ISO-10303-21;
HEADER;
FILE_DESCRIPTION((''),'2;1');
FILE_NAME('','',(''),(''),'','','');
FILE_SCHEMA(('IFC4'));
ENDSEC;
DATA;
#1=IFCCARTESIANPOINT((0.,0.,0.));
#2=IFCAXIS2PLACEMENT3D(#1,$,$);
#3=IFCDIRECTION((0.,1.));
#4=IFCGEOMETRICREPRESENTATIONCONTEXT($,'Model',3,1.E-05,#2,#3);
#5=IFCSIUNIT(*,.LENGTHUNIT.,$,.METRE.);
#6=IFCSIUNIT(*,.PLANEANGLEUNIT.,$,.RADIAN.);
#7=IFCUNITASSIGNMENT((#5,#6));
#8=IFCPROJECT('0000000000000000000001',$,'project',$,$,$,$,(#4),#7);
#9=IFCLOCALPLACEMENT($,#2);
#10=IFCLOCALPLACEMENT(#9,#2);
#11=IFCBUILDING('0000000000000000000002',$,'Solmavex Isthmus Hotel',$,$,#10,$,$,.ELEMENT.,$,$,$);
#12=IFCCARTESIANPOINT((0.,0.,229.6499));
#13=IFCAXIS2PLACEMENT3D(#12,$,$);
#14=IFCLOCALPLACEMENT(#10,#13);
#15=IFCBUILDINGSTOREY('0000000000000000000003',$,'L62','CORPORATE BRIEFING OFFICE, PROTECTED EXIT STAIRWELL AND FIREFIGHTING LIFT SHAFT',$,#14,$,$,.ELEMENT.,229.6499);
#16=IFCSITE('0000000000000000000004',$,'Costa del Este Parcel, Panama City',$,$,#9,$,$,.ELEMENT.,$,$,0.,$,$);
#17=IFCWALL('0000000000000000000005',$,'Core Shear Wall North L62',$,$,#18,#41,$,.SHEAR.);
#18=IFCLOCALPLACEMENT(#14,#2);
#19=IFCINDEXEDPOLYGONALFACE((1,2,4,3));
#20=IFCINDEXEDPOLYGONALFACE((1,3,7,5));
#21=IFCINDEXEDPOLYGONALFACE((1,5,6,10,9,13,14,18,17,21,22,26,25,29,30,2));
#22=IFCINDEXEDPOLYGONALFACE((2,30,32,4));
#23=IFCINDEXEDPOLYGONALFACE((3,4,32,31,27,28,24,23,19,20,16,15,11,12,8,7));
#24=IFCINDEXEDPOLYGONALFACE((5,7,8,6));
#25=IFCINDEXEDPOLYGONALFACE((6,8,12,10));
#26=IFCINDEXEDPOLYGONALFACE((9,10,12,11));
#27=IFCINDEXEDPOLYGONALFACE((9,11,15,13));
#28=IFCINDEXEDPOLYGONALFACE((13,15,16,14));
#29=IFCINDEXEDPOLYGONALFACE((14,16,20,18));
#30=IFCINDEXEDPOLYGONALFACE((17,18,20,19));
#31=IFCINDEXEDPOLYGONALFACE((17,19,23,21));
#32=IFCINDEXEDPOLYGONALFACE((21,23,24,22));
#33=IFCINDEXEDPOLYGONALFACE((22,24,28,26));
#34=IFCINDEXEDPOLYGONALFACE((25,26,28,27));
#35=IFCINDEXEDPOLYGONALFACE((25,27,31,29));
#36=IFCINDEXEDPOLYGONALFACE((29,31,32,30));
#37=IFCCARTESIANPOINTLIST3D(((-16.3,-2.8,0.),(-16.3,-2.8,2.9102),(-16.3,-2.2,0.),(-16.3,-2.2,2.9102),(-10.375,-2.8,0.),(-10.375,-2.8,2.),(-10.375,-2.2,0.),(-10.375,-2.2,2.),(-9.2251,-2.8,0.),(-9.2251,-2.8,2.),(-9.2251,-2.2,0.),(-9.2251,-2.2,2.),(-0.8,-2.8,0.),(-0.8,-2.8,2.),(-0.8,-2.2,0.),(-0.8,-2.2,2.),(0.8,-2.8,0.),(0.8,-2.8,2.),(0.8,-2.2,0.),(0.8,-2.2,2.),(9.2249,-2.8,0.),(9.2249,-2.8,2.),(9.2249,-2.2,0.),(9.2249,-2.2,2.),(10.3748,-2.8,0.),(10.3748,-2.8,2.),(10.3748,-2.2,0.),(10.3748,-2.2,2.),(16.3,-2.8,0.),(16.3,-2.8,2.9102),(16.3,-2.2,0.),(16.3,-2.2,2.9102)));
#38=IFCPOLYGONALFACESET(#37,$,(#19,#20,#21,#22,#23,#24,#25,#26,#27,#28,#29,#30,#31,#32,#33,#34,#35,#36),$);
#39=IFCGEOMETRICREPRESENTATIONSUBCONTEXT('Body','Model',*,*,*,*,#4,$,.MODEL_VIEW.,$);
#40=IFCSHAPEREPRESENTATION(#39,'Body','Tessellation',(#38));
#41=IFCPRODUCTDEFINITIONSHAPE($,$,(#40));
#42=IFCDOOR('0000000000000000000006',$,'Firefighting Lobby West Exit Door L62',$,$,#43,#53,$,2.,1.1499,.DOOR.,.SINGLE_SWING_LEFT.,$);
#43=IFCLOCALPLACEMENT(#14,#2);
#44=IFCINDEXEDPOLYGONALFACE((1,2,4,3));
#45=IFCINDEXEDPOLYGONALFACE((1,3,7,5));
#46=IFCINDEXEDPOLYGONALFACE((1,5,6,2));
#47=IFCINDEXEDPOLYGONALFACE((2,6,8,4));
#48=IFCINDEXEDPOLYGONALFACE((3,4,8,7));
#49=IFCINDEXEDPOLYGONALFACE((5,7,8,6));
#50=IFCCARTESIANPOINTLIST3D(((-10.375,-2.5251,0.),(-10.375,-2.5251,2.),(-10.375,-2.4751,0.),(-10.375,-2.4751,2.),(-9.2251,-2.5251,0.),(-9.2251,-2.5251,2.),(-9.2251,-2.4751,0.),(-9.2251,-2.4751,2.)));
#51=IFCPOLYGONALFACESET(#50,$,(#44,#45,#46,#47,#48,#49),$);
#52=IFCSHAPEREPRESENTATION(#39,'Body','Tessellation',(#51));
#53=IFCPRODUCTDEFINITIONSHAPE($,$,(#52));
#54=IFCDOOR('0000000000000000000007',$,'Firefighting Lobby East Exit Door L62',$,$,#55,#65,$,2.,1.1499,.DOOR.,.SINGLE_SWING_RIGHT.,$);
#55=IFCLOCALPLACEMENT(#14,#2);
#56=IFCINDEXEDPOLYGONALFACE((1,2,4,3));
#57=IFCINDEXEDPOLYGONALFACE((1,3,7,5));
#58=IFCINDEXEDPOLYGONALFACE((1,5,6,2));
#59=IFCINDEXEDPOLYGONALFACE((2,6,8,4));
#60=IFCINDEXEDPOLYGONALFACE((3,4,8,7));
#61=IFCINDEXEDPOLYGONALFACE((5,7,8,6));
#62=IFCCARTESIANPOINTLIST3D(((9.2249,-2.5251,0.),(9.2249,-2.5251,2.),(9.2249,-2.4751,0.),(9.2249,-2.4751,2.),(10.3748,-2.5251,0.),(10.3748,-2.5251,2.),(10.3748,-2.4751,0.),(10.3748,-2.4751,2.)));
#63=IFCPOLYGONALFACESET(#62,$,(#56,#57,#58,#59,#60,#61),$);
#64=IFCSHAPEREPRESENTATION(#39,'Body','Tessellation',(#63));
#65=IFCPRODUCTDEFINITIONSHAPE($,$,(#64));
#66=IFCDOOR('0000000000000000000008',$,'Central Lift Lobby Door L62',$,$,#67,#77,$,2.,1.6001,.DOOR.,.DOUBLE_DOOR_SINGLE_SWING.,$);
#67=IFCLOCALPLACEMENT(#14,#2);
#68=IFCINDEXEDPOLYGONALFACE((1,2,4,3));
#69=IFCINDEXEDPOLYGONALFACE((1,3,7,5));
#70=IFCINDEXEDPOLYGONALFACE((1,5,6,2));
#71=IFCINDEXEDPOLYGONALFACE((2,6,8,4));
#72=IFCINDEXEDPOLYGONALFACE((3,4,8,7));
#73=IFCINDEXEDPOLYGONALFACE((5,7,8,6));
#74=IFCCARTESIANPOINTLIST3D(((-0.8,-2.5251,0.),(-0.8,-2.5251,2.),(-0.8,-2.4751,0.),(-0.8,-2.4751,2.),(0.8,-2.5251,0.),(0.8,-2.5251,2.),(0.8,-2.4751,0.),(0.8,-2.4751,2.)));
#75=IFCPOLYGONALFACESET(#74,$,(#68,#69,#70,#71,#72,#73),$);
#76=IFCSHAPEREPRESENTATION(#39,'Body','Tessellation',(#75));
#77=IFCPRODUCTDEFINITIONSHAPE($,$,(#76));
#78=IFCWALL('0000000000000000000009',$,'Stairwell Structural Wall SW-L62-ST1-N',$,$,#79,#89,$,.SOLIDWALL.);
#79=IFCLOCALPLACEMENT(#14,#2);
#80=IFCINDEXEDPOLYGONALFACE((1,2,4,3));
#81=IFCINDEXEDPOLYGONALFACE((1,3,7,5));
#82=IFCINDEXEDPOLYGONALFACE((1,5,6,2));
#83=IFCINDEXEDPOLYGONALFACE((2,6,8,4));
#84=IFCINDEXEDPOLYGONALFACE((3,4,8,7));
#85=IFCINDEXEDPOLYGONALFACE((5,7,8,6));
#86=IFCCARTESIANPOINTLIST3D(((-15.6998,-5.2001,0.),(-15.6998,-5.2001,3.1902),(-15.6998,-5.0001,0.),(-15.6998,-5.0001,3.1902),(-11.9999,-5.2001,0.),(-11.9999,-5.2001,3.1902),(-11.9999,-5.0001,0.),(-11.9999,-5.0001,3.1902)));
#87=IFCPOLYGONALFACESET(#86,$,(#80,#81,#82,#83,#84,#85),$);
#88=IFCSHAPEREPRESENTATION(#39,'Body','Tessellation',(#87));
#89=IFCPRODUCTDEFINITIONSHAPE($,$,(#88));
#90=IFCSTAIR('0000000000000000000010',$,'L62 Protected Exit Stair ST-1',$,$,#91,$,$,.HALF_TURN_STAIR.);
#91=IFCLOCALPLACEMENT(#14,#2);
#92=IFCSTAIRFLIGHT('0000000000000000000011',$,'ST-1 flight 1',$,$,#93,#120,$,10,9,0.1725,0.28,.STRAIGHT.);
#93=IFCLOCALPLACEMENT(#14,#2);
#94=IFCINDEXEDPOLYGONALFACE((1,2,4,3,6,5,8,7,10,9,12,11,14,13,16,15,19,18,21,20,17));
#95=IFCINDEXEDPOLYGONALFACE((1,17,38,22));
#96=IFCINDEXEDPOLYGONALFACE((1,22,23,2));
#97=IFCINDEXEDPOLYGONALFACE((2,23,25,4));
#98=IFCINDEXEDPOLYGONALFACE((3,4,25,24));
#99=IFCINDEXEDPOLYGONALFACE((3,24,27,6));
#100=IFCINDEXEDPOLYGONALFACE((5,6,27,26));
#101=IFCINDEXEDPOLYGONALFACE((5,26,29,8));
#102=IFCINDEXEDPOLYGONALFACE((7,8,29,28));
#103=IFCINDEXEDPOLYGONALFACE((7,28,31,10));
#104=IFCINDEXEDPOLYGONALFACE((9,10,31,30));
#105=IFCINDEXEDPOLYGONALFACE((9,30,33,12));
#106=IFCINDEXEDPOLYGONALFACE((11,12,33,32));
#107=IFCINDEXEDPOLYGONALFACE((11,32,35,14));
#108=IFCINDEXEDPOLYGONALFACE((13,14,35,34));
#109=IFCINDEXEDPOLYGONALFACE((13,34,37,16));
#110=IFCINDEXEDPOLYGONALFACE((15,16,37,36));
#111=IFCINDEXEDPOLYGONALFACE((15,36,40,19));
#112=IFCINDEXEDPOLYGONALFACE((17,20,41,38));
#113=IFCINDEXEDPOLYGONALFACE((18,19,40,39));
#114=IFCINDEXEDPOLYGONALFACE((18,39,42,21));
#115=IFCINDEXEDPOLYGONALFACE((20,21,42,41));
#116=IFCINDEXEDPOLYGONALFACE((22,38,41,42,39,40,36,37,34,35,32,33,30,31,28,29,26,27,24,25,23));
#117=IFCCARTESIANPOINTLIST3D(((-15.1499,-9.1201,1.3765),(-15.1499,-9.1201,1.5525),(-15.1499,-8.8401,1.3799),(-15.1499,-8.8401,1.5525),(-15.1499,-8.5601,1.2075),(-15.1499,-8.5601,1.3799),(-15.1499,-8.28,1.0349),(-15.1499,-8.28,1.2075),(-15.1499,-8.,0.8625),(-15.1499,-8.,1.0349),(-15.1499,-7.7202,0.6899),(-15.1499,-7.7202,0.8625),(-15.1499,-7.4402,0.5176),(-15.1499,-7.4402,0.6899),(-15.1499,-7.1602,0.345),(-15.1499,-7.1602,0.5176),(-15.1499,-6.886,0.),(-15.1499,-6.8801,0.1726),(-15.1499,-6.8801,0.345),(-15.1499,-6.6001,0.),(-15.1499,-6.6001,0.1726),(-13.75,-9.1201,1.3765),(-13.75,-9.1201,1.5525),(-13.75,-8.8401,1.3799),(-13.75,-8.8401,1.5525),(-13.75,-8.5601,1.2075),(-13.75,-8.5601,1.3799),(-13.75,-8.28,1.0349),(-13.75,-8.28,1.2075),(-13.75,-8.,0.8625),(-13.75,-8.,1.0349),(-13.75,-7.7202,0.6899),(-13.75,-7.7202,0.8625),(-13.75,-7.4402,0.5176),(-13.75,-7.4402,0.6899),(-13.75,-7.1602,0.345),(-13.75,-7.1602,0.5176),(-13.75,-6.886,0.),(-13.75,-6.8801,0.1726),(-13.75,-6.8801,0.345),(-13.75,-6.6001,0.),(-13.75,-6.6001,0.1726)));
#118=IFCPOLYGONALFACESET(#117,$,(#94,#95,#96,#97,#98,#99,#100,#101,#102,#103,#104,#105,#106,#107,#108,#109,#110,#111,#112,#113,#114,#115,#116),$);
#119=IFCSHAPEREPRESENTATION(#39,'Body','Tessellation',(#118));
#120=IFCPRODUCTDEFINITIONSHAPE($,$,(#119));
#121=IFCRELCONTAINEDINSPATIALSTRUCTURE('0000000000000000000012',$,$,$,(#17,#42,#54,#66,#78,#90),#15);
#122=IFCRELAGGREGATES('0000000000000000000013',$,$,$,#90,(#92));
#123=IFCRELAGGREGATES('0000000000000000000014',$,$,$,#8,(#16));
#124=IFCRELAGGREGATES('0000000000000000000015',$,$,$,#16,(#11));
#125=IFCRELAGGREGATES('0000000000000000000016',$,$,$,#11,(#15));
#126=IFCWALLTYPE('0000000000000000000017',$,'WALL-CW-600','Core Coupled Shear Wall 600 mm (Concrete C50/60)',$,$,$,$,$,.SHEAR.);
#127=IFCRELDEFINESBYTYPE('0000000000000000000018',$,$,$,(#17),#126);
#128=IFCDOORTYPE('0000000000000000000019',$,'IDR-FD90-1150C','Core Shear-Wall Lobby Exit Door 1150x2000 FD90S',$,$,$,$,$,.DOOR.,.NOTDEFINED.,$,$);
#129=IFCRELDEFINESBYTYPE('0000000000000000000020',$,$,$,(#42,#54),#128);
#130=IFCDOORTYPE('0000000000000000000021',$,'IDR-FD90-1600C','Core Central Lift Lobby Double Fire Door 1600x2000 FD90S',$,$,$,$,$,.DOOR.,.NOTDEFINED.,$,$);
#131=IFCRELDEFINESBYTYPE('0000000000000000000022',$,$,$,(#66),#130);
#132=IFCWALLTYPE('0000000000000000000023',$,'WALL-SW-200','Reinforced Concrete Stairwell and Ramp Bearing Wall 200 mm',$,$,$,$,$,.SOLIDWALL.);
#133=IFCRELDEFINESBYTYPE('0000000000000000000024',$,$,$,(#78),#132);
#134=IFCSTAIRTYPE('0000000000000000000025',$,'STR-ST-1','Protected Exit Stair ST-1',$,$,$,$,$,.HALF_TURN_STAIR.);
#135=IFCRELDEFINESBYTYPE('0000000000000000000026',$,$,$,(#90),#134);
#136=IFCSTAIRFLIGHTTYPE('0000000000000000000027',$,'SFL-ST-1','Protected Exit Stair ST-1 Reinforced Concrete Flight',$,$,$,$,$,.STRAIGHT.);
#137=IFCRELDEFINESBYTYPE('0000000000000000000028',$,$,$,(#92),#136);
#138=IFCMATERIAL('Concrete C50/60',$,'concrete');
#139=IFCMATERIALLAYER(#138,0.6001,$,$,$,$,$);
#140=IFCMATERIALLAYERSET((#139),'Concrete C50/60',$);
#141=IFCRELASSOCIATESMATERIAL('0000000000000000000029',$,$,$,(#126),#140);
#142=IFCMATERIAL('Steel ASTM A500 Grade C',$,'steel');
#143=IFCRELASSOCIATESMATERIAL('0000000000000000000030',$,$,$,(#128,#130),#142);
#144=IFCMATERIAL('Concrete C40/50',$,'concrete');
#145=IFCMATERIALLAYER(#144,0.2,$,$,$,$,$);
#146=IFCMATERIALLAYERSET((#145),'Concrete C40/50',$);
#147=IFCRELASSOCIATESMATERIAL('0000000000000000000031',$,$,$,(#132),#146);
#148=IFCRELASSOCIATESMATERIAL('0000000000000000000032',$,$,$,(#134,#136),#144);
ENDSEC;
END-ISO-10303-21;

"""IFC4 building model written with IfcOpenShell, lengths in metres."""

from ifc_helpers import new_model, si_unit, direction, frame, frame_2d, origin, place, context, subcontext, project, spatial, polyline, rectangle, outline, extrude, material, layer, layer_set, type_object, element, fill, aggregate, save


model = new_model("IFC4")

# Units and contexts
model_context = context("Model", 3, precision=1e-05, world=origin(), true_north=direction((0.0, 1.0)))
body_context = subcontext(model_context, "Body", "Model", "MODEL_VIEW")
ifc_project = project(units=[si_unit("LENGTHUNIT", "METRE"), si_unit("PLANEANGLEUNIT", "RADIAN")], contexts=[model_context])

# Site, building, storey
site_placement = place(None, origin())
site = spatial("IfcSite", under=ifc_project, at=site_placement, Name="Costa del Este Parcel, Panama City", CompositionType="ELEMENT", RefElevation=0.0)
building_placement = place(site_placement, origin())
building = spatial("IfcBuilding", under=site, at=building_placement, Name="Solmavex Isthmus Hotel", CompositionType="ELEMENT")
storey_placement = place(building_placement, frame((0.0, 0.0, 229.6499)))
storey = spatial("IfcBuildingStorey", under=building, at=storey_placement, Name="L62", Description="CORPORATE BRIEFING OFFICE, PROTECTED EXIT STAIRWELL AND FIREFIGHTING LIFT SHAFT", CompositionType="ELEMENT", Elevation=229.6499)

# Shared definitions
ifc_material_1 = material(Name="Concrete C50/60", Category="concrete")

# Wall, openings, doors
ifc_layer_1 = layer(ifc_material_1, 0.6001)
ifc_layer_set_1 = layer_set([ifc_layer_1], Name="Concrete C50/60")
wall_type_1 = type_object("IfcWallType", Name="WALL-CW-600", Description="Core Coupled Shear Wall 600 mm (Concrete C50/60)", PredefinedType="SHEAR", material=ifc_layer_set_1)
wall_1_placement = place(storey_placement, frame((-16.3, -2.5, 0.0), z_axis=(0.0, 0.0, 1.0), x_axis=(1.0, 0.0, 0.0)))
wall_1 = element("IfcWall", 1, at=wall_1_placement, inside=storey, type_object=wall_type_1, Name="Core Shear Wall North L62", PredefinedType="SHEAR", context=body_context, shape_type="SweptSolid", body=[
    extrude(rectangle(XDim=32.6001, YDim=0.6001, at=frame_2d((16.3, 0.0))), origin(), (0.0, 0.0, 1.0), 2.9102),
])
opening_1_placement = place(wall_1_placement, frame((5.925, 0.0, 0.0)))
opening_1 = element("IfcOpeningElement", 2, at=opening_1_placement, cuts=wall_1, PredefinedType="OPENING", context=body_context, shape_type="SweptSolid", body=[
    extrude(rectangle(XDim=1.1499, YDim=2.0, at=frame_2d((0.575, 1.0))), frame((0.0, 0.3101, 0.0), z_axis=(0.0, -1.0, 0.0), x_axis=(1.0, 0.0, 0.0)), (0.0, 0.0, 1.0), 0.6201),
])
opening_2_placement = place(wall_1_placement, frame((15.5, 0.0, 0.0)))
opening_2 = element("IfcOpeningElement", 3, at=opening_2_placement, cuts=wall_1, PredefinedType="OPENING", context=body_context, shape_type="SweptSolid", body=[
    extrude(rectangle(XDim=1.6001, YDim=2.0, at=frame_2d((0.8, 1.0))), frame((0.0, 0.3101, 0.0), z_axis=(0.0, -1.0, 0.0), x_axis=(1.0, 0.0, 0.0)), (0.0, 0.0, 1.0), 0.6201),
])
opening_3_placement = place(wall_1_placement, frame((25.5249, 0.0, 0.0)))
opening_3 = element("IfcOpeningElement", 4, at=opening_3_placement, cuts=wall_1, PredefinedType="OPENING", context=body_context, shape_type="SweptSolid", body=[
    extrude(rectangle(XDim=1.1499, YDim=2.0, at=frame_2d((0.575, 1.0))), frame((0.0, 0.3101, 0.0), z_axis=(0.0, -1.0, 0.0), x_axis=(1.0, 0.0, 0.0)), (0.0, 0.0, 1.0), 0.6201),
])
ifc_material_2 = material(Name="Steel ASTM A500 Grade C", Category="steel")
door_type_1 = type_object("IfcDoorType", Name="IDR-FD90-1150C", Description="Core Shear-Wall Lobby Exit Door 1150x2000 FD90S", OperationType="NOTDEFINED", PredefinedType="DOOR", material=ifc_material_2)
door_1_placement = place(opening_1_placement, origin())
door_1 = element("IfcDoor", 5, at=door_1_placement, inside=storey, type_object=door_type_1, Name="Firefighting Lobby West Exit Door L62", OperationType="SINGLE_SWING_LEFT", OverallHeight=2.0, OverallWidth=1.1499, PredefinedType="DOOR", context=body_context, shape_type="SweptSolid", body=[
    extrude(rectangle(XDim=1.1499, YDim=2.0, at=frame_2d((0.575, 1.0))), frame((0.0, 0.0249, 0.0), z_axis=(0.0, -1.0, 0.0), x_axis=(1.0, 0.0, 0.0)), (0.0, 0.0, 1.0), 0.05),
])
fill(opening_1, door_1)
door_2_placement = place(opening_3_placement, origin())
door_2 = element("IfcDoor", 6, at=door_2_placement, inside=storey, type_object=door_type_1, Name="Firefighting Lobby East Exit Door L62", OperationType="SINGLE_SWING_RIGHT", OverallHeight=2.0, OverallWidth=1.1499, PredefinedType="DOOR", context=body_context, shape_type="SweptSolid", body=[
    extrude(rectangle(XDim=1.1499, YDim=2.0, at=frame_2d((0.575, 1.0))), frame((0.0, 0.0249, 0.0), z_axis=(0.0, -1.0, 0.0), x_axis=(1.0, 0.0, 0.0)), (0.0, 0.0, 1.0), 0.05),
])
fill(opening_3, door_2)
door_type_2 = type_object("IfcDoorType", Name="IDR-FD90-1600C", Description="Core Central Lift Lobby Double Fire Door 1600x2000 FD90S", OperationType="NOTDEFINED", PredefinedType="DOOR", material=ifc_material_2)
door_3_placement = place(opening_2_placement, origin())
door_3 = element("IfcDoor", 7, at=door_3_placement, inside=storey, type_object=door_type_2, Name="Central Lift Lobby Door L62", OperationType="DOUBLE_DOOR_SINGLE_SWING", OverallHeight=2.0, OverallWidth=1.6001, PredefinedType="DOOR", context=body_context, shape_type="SweptSolid", body=[
    extrude(rectangle(XDim=1.6001, YDim=2.0, at=frame_2d((0.8, 1.0))), frame((0.0, 0.0249, 0.0), z_axis=(0.0, -1.0, 0.0), x_axis=(1.0, 0.0, 0.0)), (0.0, 0.0, 1.0), 0.05),
])
fill(opening_2, door_3)

# Wall
ifc_material_3 = material(Name="Concrete C40/50", Category="concrete")
ifc_layer_2 = layer(ifc_material_3, 0.2)
ifc_layer_set_2 = layer_set([ifc_layer_2], Name="Concrete C40/50")
wall_type_2 = type_object("IfcWallType", Name="WALL-SW-200", Description="Reinforced Concrete Stairwell and Ramp Bearing Wall 200 mm", PredefinedType="SOLIDWALL", material=ifc_layer_set_2)
wall_2_placement = place(storey_placement, frame((-15.7, -5.1001, 0.0), z_axis=(0.0, 0.0, 1.0), x_axis=(1.0, 0.0, 0.0)))
element("IfcWall", 8, at=wall_2_placement, inside=storey, type_object=wall_type_2, Name="Stairwell Structural Wall SW-L62-ST1-N", PredefinedType="SOLIDWALL", context=body_context, shape_type="SweptSolid", body=[
    extrude(rectangle(XDim=3.7, YDim=0.2, at=frame_2d((1.8501, 0.0))), origin(), (0.0, 0.0, 1.0), 3.1902),
])

# Stair, stair flight
stair_type = type_object("IfcStairType", Name="STR-ST-1", Description="Protected Exit Stair ST-1", PredefinedType="HALF_TURN_STAIR", material=ifc_material_3)
stair_placement = place(storey_placement, origin())
stair = element("IfcStair", 9, at=stair_placement, inside=storey, type_object=stair_type, Name="L62 Protected Exit Stair ST-1", PredefinedType="HALF_TURN_STAIR")
stair_flight_type = type_object("IfcStairFlightType", Name="SFL-ST-1", Description="Protected Exit Stair ST-1 Reinforced Concrete Flight", PredefinedType="STRAIGHT", material=ifc_material_3)
stair_flight_placement = place(storey_placement, frame((-14.45, -6.6001, 0.0), z_axis=(0.0, 0.0, 1.0), x_axis=(0.0, -1.0, 0.0)))
stair_flight = element("IfcStairFlight", 10, at=stair_flight_placement, type_object=stair_flight_type, Name="ST-1 flight 1", NumberOfRisers=10, NumberOfTreads=9, PredefinedType="STRAIGHT", RiserHeight=0.1725, TreadLength=0.28, context=body_context, shape_type="SweptSolid", body=[
    extrude(outline(polyline([(0.0, 0.0), (0.0, 0.1726), (0.28, 0.1726), (0.28, 0.345), (0.5601, 0.345), (0.5601, 0.5176), (0.8401, 0.5176), (0.8401, 0.6899), (1.1201, 0.6899), (1.1201, 0.8625), (1.3999, 0.8625), (1.3999, 1.0349), (1.6799, 1.0349), (1.6799, 1.2075), (1.96, 1.2075), (1.96, 1.3799), (2.24, 1.3799), (2.24, 1.5525), (2.52, 1.5525), (2.52, 1.7251), (2.52, 1.3765), (0.2859, 0.0), (0.0, 0.0)])), frame((0.0, 0.7, 0.0), z_axis=(0.0, -1.0, 0.0), x_axis=(1.0, 0.0, 0.0)), (0.0, 0.0, 1.0), 1.3999),
])
aggregate(stair, [stair_flight])

save(model, "model.ifc")
